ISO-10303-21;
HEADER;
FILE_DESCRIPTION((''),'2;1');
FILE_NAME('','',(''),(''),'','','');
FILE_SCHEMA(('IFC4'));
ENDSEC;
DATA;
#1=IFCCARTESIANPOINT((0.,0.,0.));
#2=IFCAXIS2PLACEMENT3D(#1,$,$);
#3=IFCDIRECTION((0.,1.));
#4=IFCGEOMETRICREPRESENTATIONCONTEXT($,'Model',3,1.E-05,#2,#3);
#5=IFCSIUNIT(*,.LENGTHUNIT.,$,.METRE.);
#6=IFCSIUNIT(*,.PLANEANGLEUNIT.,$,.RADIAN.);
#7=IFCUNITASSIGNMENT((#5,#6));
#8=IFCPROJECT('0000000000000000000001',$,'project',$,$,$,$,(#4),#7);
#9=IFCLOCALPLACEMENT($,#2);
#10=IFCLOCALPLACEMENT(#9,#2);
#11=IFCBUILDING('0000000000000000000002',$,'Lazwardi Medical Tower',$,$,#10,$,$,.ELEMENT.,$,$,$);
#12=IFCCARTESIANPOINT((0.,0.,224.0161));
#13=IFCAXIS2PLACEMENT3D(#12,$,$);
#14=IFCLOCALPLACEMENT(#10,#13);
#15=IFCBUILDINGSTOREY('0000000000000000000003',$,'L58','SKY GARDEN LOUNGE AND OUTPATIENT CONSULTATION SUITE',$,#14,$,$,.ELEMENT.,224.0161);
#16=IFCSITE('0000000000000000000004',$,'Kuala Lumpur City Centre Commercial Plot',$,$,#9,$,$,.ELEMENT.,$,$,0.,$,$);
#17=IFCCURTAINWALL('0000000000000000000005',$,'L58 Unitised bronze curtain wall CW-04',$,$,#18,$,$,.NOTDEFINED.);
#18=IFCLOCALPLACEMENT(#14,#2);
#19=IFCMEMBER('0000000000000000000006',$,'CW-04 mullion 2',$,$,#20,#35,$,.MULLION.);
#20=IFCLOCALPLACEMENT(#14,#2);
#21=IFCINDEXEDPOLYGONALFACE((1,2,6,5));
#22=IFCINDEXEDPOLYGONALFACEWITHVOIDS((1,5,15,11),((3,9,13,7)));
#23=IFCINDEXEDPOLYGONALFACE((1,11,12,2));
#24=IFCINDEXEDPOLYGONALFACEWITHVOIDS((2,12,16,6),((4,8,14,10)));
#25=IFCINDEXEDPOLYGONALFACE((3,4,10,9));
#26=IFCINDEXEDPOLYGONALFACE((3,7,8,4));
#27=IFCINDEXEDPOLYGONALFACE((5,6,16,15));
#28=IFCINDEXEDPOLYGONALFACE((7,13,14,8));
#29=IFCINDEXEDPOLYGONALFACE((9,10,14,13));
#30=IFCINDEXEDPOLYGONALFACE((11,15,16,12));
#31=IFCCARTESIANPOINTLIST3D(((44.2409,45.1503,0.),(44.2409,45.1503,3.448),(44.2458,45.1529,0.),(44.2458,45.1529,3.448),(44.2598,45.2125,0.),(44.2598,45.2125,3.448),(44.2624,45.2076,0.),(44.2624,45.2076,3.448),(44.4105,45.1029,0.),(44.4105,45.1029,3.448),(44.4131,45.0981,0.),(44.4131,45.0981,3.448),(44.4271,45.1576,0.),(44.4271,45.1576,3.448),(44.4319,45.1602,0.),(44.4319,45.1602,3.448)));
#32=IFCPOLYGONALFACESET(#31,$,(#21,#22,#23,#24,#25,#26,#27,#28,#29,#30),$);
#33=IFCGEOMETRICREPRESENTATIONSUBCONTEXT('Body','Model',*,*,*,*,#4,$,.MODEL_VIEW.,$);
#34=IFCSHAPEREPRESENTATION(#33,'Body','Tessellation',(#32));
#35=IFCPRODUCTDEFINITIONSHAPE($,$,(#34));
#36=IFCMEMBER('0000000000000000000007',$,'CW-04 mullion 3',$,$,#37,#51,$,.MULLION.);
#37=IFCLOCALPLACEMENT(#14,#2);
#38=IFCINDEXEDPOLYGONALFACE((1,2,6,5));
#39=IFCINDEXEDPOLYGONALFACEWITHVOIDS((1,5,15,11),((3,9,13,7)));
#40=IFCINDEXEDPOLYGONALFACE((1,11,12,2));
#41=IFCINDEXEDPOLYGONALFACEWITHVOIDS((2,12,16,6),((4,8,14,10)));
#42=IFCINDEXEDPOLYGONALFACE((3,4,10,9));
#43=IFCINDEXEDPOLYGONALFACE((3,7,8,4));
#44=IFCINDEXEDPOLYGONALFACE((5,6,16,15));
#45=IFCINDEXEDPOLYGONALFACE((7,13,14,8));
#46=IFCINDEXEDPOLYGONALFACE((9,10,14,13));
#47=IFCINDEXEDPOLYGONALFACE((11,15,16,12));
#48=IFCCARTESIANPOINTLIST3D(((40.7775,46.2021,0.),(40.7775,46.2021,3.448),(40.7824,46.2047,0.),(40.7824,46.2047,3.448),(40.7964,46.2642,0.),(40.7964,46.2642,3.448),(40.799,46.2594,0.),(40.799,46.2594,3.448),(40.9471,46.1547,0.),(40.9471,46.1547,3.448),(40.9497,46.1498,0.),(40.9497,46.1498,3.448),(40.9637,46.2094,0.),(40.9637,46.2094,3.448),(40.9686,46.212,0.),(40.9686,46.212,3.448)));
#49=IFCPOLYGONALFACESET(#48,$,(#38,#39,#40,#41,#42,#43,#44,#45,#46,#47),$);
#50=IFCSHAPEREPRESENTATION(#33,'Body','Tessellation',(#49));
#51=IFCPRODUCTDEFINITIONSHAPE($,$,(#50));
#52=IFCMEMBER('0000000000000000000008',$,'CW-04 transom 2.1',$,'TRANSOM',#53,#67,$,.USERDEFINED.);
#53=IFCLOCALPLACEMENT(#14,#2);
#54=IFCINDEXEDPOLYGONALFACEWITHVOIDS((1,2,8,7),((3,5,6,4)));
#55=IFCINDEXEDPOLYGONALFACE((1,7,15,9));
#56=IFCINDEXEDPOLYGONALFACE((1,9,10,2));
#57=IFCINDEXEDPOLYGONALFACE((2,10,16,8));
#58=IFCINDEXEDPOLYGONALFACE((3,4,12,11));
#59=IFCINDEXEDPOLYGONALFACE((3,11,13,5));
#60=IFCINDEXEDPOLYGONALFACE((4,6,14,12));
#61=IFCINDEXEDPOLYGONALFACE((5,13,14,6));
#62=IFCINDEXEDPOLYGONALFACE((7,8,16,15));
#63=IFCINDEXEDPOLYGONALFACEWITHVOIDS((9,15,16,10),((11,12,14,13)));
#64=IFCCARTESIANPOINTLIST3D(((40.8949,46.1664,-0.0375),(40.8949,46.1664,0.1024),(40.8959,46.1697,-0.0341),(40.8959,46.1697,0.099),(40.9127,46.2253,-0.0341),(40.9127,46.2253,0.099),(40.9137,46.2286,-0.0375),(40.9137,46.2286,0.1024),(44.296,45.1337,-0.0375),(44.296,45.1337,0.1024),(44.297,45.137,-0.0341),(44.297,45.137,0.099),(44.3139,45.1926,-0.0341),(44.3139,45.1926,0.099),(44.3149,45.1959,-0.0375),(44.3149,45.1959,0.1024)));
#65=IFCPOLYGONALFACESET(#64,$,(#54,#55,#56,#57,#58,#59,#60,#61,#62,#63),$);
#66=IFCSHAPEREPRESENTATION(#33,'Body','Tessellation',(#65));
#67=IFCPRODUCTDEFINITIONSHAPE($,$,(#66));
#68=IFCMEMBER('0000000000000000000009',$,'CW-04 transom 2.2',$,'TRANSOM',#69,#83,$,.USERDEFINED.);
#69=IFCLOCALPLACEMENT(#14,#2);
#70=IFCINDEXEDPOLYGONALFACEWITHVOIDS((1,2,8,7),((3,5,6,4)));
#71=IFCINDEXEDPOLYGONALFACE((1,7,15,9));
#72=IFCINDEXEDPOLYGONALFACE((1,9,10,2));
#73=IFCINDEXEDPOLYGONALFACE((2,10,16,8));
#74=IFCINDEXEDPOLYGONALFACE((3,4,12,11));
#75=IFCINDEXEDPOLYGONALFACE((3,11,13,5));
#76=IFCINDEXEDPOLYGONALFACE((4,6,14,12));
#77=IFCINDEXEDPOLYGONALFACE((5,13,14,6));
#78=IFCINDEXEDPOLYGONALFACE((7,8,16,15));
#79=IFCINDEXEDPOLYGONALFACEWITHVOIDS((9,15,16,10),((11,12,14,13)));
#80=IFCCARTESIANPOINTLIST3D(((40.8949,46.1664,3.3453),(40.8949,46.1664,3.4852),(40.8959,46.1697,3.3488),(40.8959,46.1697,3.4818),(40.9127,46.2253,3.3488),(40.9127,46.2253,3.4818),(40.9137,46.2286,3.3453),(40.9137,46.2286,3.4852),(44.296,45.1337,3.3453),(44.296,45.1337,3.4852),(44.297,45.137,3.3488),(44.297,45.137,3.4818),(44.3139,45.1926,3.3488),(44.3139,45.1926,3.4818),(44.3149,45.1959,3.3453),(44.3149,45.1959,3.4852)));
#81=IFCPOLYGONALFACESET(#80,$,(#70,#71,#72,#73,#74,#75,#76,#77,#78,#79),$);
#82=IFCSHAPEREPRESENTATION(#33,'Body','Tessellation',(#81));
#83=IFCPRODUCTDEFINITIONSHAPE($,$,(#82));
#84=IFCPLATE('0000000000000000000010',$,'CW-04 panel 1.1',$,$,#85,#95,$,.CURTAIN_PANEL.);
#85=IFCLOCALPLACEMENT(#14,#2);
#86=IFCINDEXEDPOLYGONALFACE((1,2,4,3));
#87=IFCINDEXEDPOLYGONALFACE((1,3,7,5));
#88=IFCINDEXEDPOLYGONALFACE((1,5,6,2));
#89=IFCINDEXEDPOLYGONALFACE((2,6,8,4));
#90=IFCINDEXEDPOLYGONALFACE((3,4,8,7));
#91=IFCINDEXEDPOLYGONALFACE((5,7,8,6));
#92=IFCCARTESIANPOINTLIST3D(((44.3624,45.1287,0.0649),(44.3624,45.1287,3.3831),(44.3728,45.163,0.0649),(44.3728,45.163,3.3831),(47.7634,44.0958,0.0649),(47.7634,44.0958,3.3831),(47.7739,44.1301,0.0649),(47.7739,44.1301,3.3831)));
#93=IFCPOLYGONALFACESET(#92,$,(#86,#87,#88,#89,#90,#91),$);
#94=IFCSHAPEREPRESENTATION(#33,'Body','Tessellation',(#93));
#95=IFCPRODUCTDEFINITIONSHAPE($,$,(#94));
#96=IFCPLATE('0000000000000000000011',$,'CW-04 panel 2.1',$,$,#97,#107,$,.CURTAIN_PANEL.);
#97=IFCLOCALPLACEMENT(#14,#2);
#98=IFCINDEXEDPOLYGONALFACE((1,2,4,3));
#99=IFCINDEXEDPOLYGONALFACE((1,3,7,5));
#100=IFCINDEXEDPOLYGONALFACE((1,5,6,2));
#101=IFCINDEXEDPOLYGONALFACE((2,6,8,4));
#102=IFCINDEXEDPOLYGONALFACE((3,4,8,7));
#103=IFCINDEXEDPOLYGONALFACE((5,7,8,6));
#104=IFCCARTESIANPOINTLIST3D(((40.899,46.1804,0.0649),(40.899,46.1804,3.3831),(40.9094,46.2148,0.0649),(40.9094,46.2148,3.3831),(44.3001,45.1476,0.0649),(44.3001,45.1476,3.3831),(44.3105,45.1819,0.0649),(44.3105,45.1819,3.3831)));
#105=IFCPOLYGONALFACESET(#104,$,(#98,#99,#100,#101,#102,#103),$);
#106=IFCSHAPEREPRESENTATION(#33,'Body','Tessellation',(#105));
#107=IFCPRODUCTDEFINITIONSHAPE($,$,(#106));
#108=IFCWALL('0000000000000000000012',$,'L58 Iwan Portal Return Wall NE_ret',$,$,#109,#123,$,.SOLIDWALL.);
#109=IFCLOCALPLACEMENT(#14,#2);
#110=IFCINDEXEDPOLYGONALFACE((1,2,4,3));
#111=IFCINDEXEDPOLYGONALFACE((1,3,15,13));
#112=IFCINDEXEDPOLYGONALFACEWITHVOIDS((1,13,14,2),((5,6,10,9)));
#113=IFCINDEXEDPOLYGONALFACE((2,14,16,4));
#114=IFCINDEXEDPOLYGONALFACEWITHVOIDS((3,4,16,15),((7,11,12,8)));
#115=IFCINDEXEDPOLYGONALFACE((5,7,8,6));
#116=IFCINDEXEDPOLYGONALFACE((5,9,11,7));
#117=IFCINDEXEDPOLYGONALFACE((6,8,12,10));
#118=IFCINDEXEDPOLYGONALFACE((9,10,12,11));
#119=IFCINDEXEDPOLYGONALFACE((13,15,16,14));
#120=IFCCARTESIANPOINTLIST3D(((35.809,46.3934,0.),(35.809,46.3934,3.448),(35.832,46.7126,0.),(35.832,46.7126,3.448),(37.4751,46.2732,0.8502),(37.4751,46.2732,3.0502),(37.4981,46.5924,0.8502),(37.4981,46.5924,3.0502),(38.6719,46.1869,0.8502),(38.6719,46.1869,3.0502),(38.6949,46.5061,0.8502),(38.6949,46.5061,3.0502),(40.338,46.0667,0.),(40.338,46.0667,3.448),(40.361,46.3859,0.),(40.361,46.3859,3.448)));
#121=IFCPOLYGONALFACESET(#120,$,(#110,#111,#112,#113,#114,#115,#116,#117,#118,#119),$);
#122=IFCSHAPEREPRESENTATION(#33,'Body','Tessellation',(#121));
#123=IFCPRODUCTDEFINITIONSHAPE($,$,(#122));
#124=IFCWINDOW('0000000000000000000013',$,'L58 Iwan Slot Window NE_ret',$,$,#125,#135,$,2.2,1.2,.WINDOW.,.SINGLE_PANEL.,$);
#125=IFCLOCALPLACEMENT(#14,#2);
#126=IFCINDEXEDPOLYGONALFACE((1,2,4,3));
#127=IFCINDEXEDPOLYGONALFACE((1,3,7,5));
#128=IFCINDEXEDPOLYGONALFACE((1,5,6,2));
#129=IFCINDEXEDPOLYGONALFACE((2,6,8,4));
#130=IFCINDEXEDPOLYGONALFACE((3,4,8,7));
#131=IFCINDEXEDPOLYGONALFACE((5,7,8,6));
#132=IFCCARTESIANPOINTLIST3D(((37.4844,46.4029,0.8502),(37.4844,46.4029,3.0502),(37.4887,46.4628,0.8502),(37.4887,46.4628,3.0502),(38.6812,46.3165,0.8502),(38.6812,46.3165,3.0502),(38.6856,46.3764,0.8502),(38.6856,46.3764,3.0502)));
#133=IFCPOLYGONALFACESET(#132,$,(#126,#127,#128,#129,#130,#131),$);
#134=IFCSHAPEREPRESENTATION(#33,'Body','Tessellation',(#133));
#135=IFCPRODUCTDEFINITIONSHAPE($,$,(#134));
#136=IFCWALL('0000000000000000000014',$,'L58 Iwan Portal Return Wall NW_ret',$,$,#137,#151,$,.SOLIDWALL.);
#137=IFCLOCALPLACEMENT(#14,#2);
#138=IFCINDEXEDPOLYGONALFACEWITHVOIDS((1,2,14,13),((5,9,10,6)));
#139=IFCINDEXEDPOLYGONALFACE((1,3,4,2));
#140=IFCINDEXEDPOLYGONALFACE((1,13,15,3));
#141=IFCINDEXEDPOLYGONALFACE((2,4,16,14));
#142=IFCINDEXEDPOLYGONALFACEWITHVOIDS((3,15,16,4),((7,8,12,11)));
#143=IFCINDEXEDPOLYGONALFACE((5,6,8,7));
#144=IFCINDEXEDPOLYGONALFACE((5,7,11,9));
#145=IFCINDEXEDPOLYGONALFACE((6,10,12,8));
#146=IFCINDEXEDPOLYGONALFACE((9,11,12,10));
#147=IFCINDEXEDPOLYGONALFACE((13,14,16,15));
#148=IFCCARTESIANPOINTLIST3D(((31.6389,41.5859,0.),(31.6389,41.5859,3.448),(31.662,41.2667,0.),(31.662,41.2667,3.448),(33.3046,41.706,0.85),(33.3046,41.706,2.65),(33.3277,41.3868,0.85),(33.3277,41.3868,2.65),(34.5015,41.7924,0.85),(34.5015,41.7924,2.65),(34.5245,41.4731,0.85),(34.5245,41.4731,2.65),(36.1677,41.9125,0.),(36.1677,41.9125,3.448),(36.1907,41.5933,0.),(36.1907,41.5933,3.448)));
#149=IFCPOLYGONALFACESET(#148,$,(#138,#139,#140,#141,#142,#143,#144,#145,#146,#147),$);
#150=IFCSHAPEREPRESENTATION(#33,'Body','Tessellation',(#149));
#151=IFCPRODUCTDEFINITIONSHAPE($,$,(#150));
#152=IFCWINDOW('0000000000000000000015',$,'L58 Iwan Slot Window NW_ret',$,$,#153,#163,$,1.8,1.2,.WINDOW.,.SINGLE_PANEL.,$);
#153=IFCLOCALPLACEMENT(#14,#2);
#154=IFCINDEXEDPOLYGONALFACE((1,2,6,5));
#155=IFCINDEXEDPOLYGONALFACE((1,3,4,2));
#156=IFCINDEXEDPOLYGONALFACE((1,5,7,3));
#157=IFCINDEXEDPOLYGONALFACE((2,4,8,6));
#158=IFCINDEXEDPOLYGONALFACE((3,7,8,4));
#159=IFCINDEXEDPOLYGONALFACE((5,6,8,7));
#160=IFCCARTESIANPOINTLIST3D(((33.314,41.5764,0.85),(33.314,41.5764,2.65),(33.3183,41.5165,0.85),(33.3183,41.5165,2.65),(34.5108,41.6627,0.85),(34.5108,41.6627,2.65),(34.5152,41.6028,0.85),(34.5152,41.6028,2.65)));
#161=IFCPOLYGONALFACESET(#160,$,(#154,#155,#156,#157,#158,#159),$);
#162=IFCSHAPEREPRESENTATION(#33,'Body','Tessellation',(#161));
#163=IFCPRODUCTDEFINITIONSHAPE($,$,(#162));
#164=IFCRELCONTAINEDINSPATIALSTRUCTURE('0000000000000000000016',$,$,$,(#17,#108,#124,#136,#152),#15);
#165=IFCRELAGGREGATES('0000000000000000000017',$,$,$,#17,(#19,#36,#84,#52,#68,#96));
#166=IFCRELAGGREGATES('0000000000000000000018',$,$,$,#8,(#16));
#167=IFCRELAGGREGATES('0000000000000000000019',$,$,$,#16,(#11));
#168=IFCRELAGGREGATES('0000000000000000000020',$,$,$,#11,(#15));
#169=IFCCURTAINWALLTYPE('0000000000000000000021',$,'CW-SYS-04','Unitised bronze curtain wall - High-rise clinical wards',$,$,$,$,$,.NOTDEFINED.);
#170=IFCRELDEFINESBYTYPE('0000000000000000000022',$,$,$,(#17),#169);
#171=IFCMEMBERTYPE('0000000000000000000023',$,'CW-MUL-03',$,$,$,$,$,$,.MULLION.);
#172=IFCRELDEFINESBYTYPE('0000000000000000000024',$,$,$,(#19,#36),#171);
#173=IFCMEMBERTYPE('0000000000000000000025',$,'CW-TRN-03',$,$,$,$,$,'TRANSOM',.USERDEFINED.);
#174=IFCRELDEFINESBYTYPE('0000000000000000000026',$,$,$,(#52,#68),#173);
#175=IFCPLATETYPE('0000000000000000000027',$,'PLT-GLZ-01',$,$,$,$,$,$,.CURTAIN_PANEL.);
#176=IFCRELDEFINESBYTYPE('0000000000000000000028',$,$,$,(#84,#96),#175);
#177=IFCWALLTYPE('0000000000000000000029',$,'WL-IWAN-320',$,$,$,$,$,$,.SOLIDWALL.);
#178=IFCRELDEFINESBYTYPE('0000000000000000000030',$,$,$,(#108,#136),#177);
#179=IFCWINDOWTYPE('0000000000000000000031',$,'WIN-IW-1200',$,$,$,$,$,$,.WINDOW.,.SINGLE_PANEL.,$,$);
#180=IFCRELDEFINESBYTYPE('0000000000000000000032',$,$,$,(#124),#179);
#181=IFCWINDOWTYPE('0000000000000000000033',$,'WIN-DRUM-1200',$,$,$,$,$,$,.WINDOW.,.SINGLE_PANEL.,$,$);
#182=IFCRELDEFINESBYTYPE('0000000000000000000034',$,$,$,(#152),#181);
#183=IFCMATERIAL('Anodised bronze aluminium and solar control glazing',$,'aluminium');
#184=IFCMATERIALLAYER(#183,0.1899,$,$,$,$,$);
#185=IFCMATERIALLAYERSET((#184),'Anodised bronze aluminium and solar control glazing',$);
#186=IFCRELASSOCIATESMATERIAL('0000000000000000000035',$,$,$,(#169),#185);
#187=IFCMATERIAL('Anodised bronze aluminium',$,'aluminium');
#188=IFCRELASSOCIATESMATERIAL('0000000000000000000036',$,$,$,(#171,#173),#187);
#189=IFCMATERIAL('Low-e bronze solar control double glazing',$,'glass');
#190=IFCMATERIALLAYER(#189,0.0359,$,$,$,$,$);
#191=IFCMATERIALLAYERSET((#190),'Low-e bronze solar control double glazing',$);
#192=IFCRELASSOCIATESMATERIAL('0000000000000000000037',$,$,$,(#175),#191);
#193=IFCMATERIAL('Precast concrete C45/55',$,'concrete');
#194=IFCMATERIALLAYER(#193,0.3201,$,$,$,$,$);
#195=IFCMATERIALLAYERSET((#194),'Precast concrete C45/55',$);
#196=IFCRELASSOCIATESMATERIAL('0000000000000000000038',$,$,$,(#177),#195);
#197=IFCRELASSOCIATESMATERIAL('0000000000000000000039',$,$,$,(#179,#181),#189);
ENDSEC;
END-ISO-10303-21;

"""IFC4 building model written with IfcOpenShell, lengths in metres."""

from ifc_helpers import new_model, si_unit, direction, frame, frame_2d, origin, origin_2d, place, context, subcontext, project, spatial, rectangle, hollow_rectangle, extrude, material, layer, layer_set, material_profile, profile_set, type_object, element, fill, aggregate, save


model = new_model("IFC4")

# Units and contexts
model_context = context("Model", 3, precision=1e-05, world=origin(), true_north=direction((0.0, 1.0)))
body_context = subcontext(model_context, "Body", "Model", "MODEL_VIEW")
ifc_project = project(units=[si_unit("LENGTHUNIT", "METRE"), si_unit("PLANEANGLEUNIT", "RADIAN")], contexts=[model_context])

# Site, building, storey
site_placement = place(None, origin())
site = spatial("IfcSite", under=ifc_project, at=site_placement, Name="Kuala Lumpur City Centre Commercial Plot", CompositionType="ELEMENT", RefElevation=0.0)
building_placement = place(site_placement, origin())
building = spatial("IfcBuilding", under=site, at=building_placement, Name="Lazwardi Medical Tower", CompositionType="ELEMENT")
storey_placement = place(building_placement, frame((0.0, 0.0, 224.0161)))
storey = spatial("IfcBuildingStorey", under=building, at=storey_placement, Name="L58", Description="SKY GARDEN LOUNGE AND OUTPATIENT CONSULTATION SUITE", CompositionType="ELEMENT", Elevation=224.0161)

# Curtain wall, members, plates
ifc_material_1 = material(Name="Anodised bronze aluminium and solar control glazing", Category="aluminium")
ifc_layer_1 = layer(ifc_material_1, 0.1899)
ifc_layer_set_1 = layer_set([ifc_layer_1], Name="Anodised bronze aluminium and solar control glazing")
curtain_wall_type = type_object("IfcCurtainWallType", Name="CW-SYS-04", Description="Unitised bronze curtain wall - High-rise clinical wards", PredefinedType="NOTDEFINED", material=ifc_layer_set_1)
curtain_wall_placement = place(storey_placement, origin())
curtain_wall = element("IfcCurtainWall", 1, at=curtain_wall_placement, inside=storey, type_object=curtain_wall_type, Name="L58 Unitised bronze curtain wall CW-04", PredefinedType="NOTDEFINED")
ifc_material_2 = material(Name="Anodised bronze aluminium", Category="aluminium")
ifc_material_profile_1 = material_profile(ifc_material_2, hollow_rectangle(XDim=0.0649, YDim=0.1799, WallThickness=0.0039, at=origin_2d()), Name="ALU-MULLION 180x65x4")
ifc_profile_set_1 = profile_set([ifc_material_profile_1], Name="Anodised bronze aluminium")
member_type_1 = type_object("IfcMemberType", Name="CW-MUL-03", PredefinedType="MULLION", material=ifc_profile_set_1)
member_1_placement = place(storey_placement, frame((44.3364, 45.1553, 0.0), z_axis=(0.0, 0.0, 1.0), x_axis=(-0.290582, -0.95685, 0.0)))
member_1 = element("IfcMember", 2, at=member_1_placement, type_object=member_type_1, Name="CW-04 mullion 2", PredefinedType="MULLION", context=body_context, shape_type="SweptSolid", body=[
    extrude(hollow_rectangle(XDim=0.0649, YDim=0.1799, WallThickness=0.0039, at=origin_2d()), origin(), (0.0, 0.0, 1.0), 3.448),
])
member_2_placement = place(storey_placement, frame((40.873, 46.207, 0.0), z_axis=(0.0, 0.0, 1.0), x_axis=(-0.290582, -0.95685, 0.0)))
member_2 = element("IfcMember", 3, at=member_2_placement, type_object=member_type_1, Name="CW-04 mullion 3", PredefinedType="MULLION", context=body_context, shape_type="SweptSolid", body=[
    extrude(hollow_rectangle(XDim=0.0649, YDim=0.1799, WallThickness=0.0039, at=origin_2d()), origin(), (0.0, 0.0, 1.0), 3.448),
])
ifc_material_profile_2 = material_profile(ifc_material_2, hollow_rectangle(XDim=0.0649, YDim=0.1399, WallThickness=0.0034, at=origin_2d()), Name="ALU-TRANSOM 140x65x3.5")
ifc_profile_set_2 = profile_set([ifc_material_profile_2], Name="Anodised bronze aluminium")
member_type_2 = type_object("IfcMemberType", Name="CW-TRN-03", ElementType="TRANSOM", PredefinedType="USERDEFINED", material=ifc_profile_set_2)
member_3_placement = place(storey_placement, frame((44.3054, 45.1648, 0.0325), z_axis=(-0.956863, 0.290541, 0.0), x_axis=(-0.290541, -0.956863, 0.0)))
member_3 = element("IfcMember", 4, at=member_3_placement, type_object=member_type_2, Name="CW-04 transom 2.1", ObjectType="TRANSOM", PredefinedType="USERDEFINED", context=body_context, shape_type="SweptSolid", body=[
    extrude(hollow_rectangle(XDim=0.0649, YDim=0.1399, WallThickness=0.0034, at=origin_2d()), origin(), (0.0, 0.0, 1.0), 3.5544),
])
member_4_placement = place(storey_placement, frame((44.3054, 45.1648, 3.4153), z_axis=(-0.956863, 0.290541, 0.0), x_axis=(-0.290541, -0.956863, 0.0)))
member_4 = element("IfcMember", 5, at=member_4_placement, type_object=member_type_2, Name="CW-04 transom 2.2", ObjectType="TRANSOM", PredefinedType="USERDEFINED", context=body_context, shape_type="SweptSolid", body=[
    extrude(hollow_rectangle(XDim=0.0649, YDim=0.1399, WallThickness=0.0034, at=origin_2d()), origin(), (0.0, 0.0, 1.0), 3.5544),
])
ifc_material_3 = material(Name="Low-e bronze solar control double glazing", Category="glass")
ifc_layer_2 = layer(ifc_material_3, 0.0359)
ifc_layer_set_2 = layer_set([ifc_layer_2], Name="Low-e bronze solar control double glazing")
plate_type = type_object("IfcPlateType", Name="PLT-GLZ-01", PredefinedType="CURTAIN_PANEL", material=ifc_layer_set_2)
plate_1_placement = place(storey_placement, frame((46.0681, 44.6294, 0.0649), z_axis=(0.0, 0.0, 1.0), x_axis=(-0.95685, 0.290582, 0.0)))
plate_1 = element("IfcPlate", 6, at=plate_1_placement, type_object=plate_type, Name="CW-04 panel 1.1", PredefinedType="CURTAIN_PANEL", context=body_context, shape_type="SweptSolid", body=[
    extrude(rectangle(XDim=3.5544, YDim=0.0359, at=origin_2d()), origin(), (0.0, 0.0, 1.0), 3.3181),
])
plate_2_placement = place(storey_placement, frame((42.6047, 45.6812, 0.0649), z_axis=(0.0, 0.0, 1.0), x_axis=(-0.95685, 0.290582, 0.0)))
plate_2 = element("IfcPlate", 7, at=plate_2_placement, type_object=plate_type, Name="CW-04 panel 2.1", PredefinedType="CURTAIN_PANEL", context=body_context, shape_type="SweptSolid", body=[
    extrude(rectangle(XDim=3.5544, YDim=0.0359, at=origin_2d()), origin(), (0.0, 0.0, 1.0), 3.3181),
])
aggregate(curtain_wall, [member_1, member_2, plate_1, member_3, member_4, plate_2])

# Walls, openings, windows
ifc_material_4 = material(Name="Precast concrete C45/55", Category="concrete")
ifc_layer_3 = layer(ifc_material_4, 0.3201)
ifc_layer_set_3 = layer_set([ifc_layer_3], Name="Precast concrete C45/55")
wall_type = type_object("IfcWallType", Name="WL-IWAN-320", PredefinedType="SOLIDWALL", material=ifc_layer_set_3)
wall_1_placement = place(storey_placement, frame((40.3496, 46.2263, 0.0), z_axis=(0.0, 0.0, 1.0), x_axis=(-0.997409, 0.071939, 0.0)))
wall_1 = element("IfcWall", 8, at=wall_1_placement, inside=storey, type_object=wall_type, Name="L58 Iwan Portal Return Wall NE_ret", PredefinedType="SOLIDWALL", context=body_context, shape_type="SweptSolid", body=[
    extrude(rectangle(XDim=4.5408, YDim=0.3201, at=frame_2d((2.2705, 0.0))), origin(), (0.0, 0.0, 1.0), 3.448),
])
opening_1_placement = place(wall_1_placement, frame((1.6704, 0.0, 0.8501)))
opening_1 = element("IfcOpeningElement", 9, at=opening_1_placement, cuts=wall_1, PredefinedType="OPENING", context=body_context, shape_type="SweptSolid", body=[
    extrude(rectangle(XDim=1.2, YDim=2.2, at=frame_2d((0.6001, 1.1001))), frame((0.0, 0.1699, 0.0), z_axis=(0.0, -1.0, 0.0), x_axis=(1.0, 0.0, 0.0)), (0.0, 0.0, 1.0), 0.3401),
])
window_type_1 = type_object("IfcWindowType", Name="WIN-IW-1200", PartitioningType="SINGLE_PANEL", PredefinedType="WINDOW", material=ifc_material_3)
window_1_placement = place(opening_1_placement, origin())
window_1 = element("IfcWindow", 10, at=window_1_placement, inside=storey, type_object=window_type_1, Name="L58 Iwan Slot Window NE_ret", OverallHeight=2.2, OverallWidth=1.2, PartitioningType="SINGLE_PANEL", PredefinedType="WINDOW", context=body_context, shape_type="SweptSolid", body=[
    extrude(rectangle(XDim=1.2, YDim=2.2, at=frame_2d((0.6001, 1.1001))), frame((0.0, 0.03, 0.0), z_axis=(0.0, -1.0, 0.0), x_axis=(1.0, 0.0, 0.0)), (0.0, 0.0, 1.0), 0.0601),
])
fill(opening_1, window_1)
wall_2_placement = place(storey_placement, frame((36.1792, 41.7529, 0.0), z_axis=(0.0, 0.0, 1.0), x_axis=(-0.997409, -0.071942, 0.0)))
wall_2 = element("IfcWall", 11, at=wall_2_placement, inside=storey, type_object=wall_type, Name="L58 Iwan Portal Return Wall NW_ret", PredefinedType="SOLIDWALL", context=body_context, shape_type="SweptSolid", body=[
    extrude(rectangle(XDim=4.5405, YDim=0.3201, at=frame_2d((2.2703, 0.0))), origin(), (0.0, 0.0, 1.0), 3.448),
])
opening_2_placement = place(wall_2_placement, frame((1.6704, 0.0, 0.8501)))
opening_2 = element("IfcOpeningElement", 12, at=opening_2_placement, cuts=wall_2, PredefinedType="OPENING", context=body_context, shape_type="SweptSolid", body=[
    extrude(rectangle(XDim=1.2, YDim=1.8, at=frame_2d((0.6001, 0.8999))), frame((0.0, 0.1699, 0.0), z_axis=(0.0, -1.0, 0.0), x_axis=(1.0, 0.0, 0.0)), (0.0, 0.0, 1.0), 0.3401),
])
window_type_2 = type_object("IfcWindowType", Name="WIN-DRUM-1200", PartitioningType="SINGLE_PANEL", PredefinedType="WINDOW", material=ifc_material_3)
window_2_placement = place(opening_2_placement, origin())
window_2 = element("IfcWindow", 13, at=window_2_placement, inside=storey, type_object=window_type_2, Name="L58 Iwan Slot Window NW_ret", OverallHeight=1.8, OverallWidth=1.2, PartitioningType="SINGLE_PANEL", PredefinedType="WINDOW", context=body_context, shape_type="SweptSolid", body=[
    extrude(rectangle(XDim=1.2, YDim=1.8, at=frame_2d((0.6001, 0.8999))), frame((0.0, 0.03, 0.0), z_axis=(0.0, -1.0, 0.0), x_axis=(1.0, 0.0, 0.0)), (0.0, 0.0, 1.0), 0.0601),
])
fill(opening_2, window_2)

save(model, "model.ifc")
